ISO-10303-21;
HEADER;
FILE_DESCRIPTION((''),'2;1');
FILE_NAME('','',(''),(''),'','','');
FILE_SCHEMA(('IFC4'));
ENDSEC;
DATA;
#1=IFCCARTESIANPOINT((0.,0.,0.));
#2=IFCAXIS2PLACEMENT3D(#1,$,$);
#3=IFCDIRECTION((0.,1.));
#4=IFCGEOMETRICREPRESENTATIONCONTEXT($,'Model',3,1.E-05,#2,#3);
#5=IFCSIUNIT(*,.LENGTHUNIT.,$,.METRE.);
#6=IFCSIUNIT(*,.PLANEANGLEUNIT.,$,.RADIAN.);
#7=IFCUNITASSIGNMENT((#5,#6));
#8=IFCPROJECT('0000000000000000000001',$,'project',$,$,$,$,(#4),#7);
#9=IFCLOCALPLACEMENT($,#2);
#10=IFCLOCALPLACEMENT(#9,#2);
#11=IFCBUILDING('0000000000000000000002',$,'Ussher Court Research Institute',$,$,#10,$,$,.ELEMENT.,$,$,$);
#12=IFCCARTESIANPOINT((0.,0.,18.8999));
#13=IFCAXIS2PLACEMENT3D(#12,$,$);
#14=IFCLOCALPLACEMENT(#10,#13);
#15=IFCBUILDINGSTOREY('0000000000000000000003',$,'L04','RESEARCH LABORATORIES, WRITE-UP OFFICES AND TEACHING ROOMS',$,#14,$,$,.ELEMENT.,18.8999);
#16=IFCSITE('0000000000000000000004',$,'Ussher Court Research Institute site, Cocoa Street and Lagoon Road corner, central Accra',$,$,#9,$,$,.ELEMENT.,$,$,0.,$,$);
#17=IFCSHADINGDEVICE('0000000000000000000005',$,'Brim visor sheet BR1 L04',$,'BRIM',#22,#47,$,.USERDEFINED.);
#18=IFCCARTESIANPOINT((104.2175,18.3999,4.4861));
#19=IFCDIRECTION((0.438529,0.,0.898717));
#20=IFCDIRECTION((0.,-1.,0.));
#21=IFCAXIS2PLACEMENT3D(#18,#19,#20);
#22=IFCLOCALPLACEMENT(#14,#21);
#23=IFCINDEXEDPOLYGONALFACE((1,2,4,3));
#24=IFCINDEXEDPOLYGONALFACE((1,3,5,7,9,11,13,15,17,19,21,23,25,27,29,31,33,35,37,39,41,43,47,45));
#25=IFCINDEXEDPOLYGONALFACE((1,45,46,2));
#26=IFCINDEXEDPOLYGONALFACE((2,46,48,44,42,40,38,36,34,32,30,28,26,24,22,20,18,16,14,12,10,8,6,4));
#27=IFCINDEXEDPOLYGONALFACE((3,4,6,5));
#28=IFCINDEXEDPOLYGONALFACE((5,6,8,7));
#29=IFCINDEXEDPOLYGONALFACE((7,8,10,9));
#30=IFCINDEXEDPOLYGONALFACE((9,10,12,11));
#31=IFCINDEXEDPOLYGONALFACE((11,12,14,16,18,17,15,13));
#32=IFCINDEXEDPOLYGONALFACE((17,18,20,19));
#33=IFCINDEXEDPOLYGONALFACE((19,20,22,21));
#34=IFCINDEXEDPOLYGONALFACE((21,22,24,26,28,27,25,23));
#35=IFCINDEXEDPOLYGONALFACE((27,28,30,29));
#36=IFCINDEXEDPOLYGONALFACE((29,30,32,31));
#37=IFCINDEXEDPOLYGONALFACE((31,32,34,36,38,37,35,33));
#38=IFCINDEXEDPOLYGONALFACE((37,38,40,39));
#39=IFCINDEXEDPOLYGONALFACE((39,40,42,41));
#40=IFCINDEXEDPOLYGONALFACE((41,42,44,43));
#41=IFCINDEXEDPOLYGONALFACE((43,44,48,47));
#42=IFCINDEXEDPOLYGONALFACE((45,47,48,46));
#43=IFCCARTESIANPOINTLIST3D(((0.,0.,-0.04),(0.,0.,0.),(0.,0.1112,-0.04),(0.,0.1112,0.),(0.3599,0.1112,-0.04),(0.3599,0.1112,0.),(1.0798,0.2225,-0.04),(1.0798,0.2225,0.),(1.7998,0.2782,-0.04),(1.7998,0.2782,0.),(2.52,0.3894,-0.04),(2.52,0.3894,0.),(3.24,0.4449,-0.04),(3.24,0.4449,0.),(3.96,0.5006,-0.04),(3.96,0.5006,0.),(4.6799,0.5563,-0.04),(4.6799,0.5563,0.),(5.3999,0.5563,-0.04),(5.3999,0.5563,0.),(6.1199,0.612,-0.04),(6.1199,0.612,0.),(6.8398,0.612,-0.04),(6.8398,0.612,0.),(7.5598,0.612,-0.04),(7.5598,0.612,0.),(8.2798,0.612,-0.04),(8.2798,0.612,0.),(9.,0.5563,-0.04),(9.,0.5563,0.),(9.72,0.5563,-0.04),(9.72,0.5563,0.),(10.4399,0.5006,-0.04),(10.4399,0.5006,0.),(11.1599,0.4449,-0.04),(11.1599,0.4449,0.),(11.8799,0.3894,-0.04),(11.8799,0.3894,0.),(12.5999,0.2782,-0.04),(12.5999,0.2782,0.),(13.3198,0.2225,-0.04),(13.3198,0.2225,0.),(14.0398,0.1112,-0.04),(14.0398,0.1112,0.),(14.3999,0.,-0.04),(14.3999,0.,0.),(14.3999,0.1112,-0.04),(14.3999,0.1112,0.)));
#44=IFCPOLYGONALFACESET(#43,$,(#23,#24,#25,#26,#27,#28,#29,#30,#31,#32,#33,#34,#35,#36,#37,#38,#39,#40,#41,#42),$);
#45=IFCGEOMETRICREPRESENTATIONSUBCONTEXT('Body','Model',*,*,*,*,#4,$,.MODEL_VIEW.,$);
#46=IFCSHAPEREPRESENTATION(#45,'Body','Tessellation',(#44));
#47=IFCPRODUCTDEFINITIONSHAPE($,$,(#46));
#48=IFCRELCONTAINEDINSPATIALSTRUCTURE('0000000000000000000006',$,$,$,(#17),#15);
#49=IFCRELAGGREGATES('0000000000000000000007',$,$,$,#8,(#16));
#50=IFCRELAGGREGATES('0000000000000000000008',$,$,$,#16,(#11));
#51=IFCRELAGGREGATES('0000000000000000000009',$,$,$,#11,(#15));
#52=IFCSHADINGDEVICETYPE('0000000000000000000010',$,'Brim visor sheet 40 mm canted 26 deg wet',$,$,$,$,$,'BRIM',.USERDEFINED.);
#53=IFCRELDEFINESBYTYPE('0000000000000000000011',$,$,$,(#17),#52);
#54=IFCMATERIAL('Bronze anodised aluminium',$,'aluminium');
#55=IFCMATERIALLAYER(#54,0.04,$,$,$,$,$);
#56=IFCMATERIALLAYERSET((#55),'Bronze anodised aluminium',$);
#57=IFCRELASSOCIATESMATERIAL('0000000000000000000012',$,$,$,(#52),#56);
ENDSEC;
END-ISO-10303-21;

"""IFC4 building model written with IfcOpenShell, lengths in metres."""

from ifc_helpers import new_model, si_unit, direction, frame, origin, place, context, subcontext, project, spatial, polyline, outline, extrude, material, layer, layer_set, type_object, element, save


model = new_model("IFC4")

# Units and contexts
model_context = context("Model", 3, precision=1e-05, world=origin(), true_north=direction((0.0, 1.0)))
body_context = subcontext(model_context, "Body", "Model", "MODEL_VIEW")
ifc_project = project(units=[si_unit("LENGTHUNIT", "METRE"), si_unit("PLANEANGLEUNIT", "RADIAN")], contexts=[model_context])

# Site, building, storey
site_placement = place(None, origin())
site = spatial("IfcSite", under=ifc_project, at=site_placement, Name="Ussher Court Research Institute site, Cocoa Street and Lagoon Road corner, central Accra", CompositionType="ELEMENT", RefElevation=0.0)
building_placement = place(site_placement, origin())
building = spatial("IfcBuilding", under=site, at=building_placement, Name="Ussher Court Research Institute", CompositionType="ELEMENT")
storey_placement = place(building_placement, frame((0.0, 0.0, 18.8999)))
storey = spatial("IfcBuildingStorey", under=building, at=storey_placement, Name="L04", Description="RESEARCH LABORATORIES, WRITE-UP OFFICES AND TEACHING ROOMS", CompositionType="ELEMENT", Elevation=18.8999)

# Shading device
ifc_material_1 = material(Name="Bronze anodised aluminium", Category="aluminium")
ifc_layer_1 = layer(ifc_material_1, 0.04)
ifc_layer_set_1 = layer_set([ifc_layer_1], Name="Bronze anodised aluminium")
shading_device_type_1 = type_object("IfcShadingDeviceType", Name="Brim visor sheet 40 mm canted 26 deg wet", ElementType="BRIM", PredefinedType="USERDEFINED", material=ifc_layer_set_1)
shading_device_placement = place(storey_placement, frame((104.2175, 18.3999, 4.4861), z_axis=(0.438529, 0.0, 0.898717), x_axis=(0.0, -1.0, 0.0)))
element("IfcShadingDevice", 1, at=shading_device_placement, inside=storey, type_object=shading_device_type_1, Name="Brim visor sheet BR1 L04", ObjectType="BRIM", PredefinedType="USERDEFINED", context=body_context, shape_type="SweptSolid", body=[
    extrude(outline(polyline([(0.0, 0.0), (14.3999, 0.0), (14.3999, 0.1112), (14.0398, 0.1112), (13.3198, 0.2225), (12.5999, 0.2782), (11.8799, 0.3894), (11.1599, 0.4449), (10.4399, 0.5006), (9.72, 0.5563), (9.0, 0.5563), (8.2798, 0.612), (7.5598, 0.612), (6.8398, 0.612), (6.1199, 0.612), (5.3999, 0.5563), (4.6799, 0.5563), (3.96, 0.5006), (3.24, 0.4449), (2.52, 0.3894), (1.7998, 0.2782), (1.0798, 0.2225), (0.3599, 0.1112), (0.0, 0.1112), (0.0, 0.0)])), origin(), (0.0, 0.0, -1.0), 0.04),
])

save(model, "model.ifc")
